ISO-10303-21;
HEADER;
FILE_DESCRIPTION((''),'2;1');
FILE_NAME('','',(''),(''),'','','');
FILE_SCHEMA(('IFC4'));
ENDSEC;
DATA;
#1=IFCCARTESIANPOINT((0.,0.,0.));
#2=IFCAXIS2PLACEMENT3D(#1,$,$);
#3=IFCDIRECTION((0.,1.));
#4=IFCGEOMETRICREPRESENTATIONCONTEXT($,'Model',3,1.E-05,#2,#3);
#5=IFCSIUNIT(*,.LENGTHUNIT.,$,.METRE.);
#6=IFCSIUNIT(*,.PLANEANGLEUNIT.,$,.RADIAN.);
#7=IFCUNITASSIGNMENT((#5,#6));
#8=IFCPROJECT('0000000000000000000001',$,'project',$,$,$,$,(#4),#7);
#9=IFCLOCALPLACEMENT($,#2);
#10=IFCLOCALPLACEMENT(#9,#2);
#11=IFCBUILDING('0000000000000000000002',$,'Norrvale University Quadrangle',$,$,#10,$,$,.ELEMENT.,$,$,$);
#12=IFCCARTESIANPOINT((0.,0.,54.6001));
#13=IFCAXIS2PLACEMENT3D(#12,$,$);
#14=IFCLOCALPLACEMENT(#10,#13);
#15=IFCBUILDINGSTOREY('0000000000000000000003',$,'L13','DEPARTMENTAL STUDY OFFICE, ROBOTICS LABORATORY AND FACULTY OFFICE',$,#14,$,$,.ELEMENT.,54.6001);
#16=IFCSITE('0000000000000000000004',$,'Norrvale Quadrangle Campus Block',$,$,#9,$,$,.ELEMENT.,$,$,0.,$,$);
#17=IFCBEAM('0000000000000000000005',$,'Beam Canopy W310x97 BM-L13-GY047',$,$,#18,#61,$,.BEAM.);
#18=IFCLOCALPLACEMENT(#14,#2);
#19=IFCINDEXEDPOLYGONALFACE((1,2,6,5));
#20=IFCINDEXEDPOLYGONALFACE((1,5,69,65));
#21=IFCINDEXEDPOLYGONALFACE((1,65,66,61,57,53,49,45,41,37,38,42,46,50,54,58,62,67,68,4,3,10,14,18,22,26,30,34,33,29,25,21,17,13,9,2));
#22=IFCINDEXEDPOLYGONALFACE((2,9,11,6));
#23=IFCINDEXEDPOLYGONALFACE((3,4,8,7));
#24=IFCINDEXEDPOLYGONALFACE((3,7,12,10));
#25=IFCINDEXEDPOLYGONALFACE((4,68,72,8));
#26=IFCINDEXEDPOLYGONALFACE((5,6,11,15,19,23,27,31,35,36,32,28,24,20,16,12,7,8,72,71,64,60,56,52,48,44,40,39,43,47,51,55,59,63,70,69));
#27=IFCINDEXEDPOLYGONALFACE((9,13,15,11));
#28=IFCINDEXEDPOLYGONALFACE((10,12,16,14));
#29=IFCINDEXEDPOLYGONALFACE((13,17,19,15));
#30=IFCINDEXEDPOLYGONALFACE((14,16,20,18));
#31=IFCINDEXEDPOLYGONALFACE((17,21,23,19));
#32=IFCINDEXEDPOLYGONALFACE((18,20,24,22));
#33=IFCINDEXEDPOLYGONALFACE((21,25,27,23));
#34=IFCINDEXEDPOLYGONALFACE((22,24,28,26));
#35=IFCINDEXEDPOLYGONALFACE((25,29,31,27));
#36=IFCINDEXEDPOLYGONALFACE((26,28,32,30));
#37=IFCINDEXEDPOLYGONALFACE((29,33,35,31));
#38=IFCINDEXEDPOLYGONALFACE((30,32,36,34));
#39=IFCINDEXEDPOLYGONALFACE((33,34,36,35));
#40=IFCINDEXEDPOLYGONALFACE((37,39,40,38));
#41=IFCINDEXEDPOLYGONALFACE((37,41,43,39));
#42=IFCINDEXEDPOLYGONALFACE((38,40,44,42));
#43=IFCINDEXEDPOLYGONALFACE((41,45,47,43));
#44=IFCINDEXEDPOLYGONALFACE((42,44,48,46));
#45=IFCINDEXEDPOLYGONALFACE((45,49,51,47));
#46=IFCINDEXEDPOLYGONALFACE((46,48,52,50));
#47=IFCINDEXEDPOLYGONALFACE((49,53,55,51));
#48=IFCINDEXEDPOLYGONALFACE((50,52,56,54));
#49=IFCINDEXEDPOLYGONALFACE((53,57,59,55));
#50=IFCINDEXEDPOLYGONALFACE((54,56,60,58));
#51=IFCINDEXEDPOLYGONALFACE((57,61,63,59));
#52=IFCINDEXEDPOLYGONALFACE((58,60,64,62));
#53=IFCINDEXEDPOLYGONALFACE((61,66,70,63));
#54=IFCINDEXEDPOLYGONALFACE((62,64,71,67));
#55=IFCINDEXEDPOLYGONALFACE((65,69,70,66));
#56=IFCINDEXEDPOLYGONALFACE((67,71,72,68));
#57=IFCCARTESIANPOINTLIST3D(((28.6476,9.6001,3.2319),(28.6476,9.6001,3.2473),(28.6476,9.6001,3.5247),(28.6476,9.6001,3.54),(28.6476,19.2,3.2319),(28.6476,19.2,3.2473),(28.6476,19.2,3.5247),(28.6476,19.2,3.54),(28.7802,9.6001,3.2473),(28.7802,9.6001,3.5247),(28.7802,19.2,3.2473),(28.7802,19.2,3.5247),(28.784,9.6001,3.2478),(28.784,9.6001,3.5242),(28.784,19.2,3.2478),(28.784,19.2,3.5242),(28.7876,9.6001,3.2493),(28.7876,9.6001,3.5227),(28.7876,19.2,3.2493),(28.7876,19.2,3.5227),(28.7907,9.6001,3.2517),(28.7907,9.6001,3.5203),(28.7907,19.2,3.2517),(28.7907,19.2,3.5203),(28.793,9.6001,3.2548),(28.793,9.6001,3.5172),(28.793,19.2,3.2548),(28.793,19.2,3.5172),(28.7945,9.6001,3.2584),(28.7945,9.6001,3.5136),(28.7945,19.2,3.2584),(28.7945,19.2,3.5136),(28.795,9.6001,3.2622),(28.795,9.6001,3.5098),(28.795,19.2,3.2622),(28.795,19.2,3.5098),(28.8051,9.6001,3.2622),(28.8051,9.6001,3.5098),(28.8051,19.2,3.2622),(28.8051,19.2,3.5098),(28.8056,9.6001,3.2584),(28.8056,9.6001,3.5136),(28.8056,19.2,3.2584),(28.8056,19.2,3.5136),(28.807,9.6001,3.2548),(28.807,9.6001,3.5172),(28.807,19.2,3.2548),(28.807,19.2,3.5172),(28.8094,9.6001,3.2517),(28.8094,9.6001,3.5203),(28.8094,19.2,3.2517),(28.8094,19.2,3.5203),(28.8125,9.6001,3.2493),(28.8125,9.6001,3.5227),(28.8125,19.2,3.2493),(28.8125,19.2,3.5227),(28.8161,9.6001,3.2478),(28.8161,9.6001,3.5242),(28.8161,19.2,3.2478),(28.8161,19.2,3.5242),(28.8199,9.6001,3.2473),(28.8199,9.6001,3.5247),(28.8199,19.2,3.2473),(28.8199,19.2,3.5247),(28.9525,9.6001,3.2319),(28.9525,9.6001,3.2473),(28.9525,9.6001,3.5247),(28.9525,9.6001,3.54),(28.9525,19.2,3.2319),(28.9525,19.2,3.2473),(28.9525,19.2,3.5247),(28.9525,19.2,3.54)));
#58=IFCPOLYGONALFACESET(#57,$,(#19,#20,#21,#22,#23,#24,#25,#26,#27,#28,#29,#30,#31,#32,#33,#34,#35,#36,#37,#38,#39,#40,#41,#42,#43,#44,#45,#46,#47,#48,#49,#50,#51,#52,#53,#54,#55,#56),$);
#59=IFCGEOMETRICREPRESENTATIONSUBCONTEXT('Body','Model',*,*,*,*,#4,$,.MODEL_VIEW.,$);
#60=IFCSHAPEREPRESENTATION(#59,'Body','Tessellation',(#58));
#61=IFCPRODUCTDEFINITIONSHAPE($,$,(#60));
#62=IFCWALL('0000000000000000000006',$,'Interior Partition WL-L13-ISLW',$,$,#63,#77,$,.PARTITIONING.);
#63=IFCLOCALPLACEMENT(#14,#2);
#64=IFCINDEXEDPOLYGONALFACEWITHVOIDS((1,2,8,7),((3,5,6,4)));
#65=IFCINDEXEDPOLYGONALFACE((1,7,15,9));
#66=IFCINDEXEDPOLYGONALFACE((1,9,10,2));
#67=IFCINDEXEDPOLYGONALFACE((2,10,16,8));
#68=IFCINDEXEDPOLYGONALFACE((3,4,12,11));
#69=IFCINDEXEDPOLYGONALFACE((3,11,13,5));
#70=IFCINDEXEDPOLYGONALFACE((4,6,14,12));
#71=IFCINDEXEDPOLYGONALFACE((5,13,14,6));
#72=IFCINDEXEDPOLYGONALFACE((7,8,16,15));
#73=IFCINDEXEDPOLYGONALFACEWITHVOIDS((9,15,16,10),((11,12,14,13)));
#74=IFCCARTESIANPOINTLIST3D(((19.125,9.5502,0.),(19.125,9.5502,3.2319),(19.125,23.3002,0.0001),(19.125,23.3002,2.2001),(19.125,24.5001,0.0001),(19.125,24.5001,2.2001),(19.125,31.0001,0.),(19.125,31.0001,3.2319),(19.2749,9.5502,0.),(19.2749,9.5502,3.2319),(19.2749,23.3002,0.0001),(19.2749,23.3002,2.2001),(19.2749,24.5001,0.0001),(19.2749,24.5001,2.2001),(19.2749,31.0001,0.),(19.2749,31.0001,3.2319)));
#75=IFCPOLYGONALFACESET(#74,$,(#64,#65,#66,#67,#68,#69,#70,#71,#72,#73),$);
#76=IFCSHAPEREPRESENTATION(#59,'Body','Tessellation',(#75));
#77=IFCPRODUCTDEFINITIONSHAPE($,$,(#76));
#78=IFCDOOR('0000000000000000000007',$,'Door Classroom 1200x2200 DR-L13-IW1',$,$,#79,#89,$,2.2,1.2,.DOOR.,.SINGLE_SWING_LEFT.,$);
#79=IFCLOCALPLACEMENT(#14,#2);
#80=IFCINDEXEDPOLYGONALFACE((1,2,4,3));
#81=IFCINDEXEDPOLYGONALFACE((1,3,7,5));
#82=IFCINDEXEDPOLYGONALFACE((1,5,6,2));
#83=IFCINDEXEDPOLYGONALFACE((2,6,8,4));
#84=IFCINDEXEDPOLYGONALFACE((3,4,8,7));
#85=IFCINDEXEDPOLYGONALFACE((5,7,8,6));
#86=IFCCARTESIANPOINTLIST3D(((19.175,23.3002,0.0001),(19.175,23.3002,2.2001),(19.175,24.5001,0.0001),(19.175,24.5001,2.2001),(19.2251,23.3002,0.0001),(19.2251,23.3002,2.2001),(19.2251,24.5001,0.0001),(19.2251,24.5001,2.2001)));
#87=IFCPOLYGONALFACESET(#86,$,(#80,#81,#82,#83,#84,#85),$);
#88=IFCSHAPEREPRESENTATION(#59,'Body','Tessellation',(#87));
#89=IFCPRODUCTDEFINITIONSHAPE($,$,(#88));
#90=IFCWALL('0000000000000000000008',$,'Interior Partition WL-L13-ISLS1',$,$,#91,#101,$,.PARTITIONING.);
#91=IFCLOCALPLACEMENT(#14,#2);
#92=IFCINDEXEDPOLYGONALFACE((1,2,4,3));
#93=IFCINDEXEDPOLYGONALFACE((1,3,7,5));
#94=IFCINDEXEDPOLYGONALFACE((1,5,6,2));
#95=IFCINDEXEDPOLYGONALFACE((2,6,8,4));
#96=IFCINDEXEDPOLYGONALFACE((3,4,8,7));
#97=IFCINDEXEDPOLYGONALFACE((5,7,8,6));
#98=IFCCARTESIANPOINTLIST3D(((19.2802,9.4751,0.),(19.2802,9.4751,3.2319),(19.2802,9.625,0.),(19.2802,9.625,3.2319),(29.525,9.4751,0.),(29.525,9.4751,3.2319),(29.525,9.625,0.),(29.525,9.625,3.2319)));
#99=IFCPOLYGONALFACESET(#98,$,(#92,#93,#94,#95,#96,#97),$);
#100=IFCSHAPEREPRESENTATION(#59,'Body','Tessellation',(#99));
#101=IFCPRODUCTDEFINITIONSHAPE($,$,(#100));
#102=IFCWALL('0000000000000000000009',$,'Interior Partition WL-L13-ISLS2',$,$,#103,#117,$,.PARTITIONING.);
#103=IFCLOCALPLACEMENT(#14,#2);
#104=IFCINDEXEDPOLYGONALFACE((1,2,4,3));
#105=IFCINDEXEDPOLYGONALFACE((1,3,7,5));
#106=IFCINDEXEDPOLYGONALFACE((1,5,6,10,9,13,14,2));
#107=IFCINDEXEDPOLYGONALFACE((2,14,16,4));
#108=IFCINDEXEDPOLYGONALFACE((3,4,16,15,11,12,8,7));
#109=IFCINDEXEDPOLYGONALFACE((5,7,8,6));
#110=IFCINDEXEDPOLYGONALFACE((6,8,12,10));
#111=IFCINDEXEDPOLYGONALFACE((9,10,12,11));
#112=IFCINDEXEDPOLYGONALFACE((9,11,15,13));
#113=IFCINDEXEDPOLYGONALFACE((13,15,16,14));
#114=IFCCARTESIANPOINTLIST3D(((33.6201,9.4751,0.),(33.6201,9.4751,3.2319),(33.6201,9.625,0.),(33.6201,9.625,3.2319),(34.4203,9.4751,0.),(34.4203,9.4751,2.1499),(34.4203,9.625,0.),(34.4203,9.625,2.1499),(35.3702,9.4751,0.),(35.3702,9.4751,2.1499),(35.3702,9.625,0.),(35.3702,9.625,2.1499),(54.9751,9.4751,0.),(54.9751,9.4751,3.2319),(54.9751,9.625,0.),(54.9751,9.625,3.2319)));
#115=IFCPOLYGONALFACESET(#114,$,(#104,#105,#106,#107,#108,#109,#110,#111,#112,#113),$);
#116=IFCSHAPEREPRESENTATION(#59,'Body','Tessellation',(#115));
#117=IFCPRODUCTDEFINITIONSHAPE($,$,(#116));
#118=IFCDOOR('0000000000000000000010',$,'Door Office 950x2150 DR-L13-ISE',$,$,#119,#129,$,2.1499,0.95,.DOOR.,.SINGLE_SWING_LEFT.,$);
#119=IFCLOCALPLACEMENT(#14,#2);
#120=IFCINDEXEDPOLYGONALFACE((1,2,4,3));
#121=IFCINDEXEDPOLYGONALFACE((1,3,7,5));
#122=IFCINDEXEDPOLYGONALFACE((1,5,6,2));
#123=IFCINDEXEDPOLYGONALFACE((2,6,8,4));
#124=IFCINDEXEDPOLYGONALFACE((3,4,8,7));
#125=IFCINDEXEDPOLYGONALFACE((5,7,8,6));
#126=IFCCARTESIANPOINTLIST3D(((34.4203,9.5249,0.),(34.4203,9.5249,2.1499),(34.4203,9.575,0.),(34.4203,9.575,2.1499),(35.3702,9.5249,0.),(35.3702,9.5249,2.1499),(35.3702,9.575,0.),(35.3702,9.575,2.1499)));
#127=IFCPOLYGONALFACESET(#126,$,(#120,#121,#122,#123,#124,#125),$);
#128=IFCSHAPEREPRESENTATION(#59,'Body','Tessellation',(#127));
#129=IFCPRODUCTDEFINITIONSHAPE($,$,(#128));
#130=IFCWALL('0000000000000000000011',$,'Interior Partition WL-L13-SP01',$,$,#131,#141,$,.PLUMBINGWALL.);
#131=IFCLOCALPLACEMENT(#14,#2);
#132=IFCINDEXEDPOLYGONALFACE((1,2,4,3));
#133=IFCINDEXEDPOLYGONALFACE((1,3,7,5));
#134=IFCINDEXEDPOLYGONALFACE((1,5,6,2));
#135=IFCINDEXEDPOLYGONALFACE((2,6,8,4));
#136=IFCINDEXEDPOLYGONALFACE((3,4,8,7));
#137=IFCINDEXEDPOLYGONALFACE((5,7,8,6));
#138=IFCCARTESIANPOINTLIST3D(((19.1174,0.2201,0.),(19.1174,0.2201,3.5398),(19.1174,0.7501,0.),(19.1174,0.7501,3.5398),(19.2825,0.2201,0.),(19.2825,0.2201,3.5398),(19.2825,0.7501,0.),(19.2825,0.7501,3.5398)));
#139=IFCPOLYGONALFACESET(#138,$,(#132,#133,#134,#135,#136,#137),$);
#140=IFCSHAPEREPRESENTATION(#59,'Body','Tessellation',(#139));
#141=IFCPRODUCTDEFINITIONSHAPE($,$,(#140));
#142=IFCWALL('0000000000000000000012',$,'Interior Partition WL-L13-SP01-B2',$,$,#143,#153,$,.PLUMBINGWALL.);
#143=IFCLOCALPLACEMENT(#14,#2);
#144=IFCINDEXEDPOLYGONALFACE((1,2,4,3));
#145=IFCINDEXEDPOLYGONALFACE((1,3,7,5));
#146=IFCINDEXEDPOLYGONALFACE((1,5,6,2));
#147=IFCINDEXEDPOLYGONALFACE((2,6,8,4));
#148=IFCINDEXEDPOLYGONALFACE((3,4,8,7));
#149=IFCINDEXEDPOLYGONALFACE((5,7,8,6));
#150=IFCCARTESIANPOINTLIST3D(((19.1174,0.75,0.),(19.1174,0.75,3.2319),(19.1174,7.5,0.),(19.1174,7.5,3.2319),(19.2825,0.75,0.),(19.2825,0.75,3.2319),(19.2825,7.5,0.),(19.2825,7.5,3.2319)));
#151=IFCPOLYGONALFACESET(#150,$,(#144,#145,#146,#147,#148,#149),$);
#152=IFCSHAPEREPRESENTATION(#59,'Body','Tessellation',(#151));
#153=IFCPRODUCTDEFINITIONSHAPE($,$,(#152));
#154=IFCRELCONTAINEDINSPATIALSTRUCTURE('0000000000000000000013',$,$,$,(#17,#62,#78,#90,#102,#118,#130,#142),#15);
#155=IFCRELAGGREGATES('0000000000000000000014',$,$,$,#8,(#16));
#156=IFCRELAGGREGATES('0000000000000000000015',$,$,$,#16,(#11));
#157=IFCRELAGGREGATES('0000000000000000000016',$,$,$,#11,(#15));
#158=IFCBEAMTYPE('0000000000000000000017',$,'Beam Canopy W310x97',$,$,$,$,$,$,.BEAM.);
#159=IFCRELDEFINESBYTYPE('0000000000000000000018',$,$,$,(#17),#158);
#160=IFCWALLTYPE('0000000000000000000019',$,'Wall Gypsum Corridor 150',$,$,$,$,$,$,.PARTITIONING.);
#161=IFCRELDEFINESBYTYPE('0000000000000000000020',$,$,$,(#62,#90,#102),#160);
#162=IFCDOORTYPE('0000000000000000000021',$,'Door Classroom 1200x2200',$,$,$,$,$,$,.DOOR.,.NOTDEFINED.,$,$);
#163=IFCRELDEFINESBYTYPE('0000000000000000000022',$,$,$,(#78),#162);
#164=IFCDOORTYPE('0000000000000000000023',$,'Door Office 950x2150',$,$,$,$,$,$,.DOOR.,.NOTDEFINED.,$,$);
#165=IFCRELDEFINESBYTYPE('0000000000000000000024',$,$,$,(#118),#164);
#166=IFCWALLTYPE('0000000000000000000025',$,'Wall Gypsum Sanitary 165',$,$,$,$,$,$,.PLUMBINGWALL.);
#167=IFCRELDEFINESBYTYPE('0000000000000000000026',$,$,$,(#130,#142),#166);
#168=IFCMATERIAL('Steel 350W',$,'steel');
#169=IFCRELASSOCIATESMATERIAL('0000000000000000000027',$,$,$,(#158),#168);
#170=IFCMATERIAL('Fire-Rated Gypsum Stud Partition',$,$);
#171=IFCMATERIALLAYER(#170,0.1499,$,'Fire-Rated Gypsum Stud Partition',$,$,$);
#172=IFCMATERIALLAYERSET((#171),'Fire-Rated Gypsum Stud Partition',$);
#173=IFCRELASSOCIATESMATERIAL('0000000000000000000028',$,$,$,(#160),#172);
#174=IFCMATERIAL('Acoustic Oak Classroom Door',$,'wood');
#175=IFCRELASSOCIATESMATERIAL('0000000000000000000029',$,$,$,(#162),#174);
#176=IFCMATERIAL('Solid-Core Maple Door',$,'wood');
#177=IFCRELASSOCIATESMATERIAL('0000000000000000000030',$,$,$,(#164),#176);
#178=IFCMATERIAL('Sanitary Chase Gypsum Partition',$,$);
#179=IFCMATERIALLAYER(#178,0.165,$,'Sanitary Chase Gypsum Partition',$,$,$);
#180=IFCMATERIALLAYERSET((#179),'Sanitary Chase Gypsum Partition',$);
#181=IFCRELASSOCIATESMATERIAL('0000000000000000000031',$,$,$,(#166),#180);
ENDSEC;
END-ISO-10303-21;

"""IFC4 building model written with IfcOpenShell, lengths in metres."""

from ifc_helpers import new_model, si_unit, direction, frame, frame_2d, origin, origin_2d, place, context, subcontext, project, spatial, rectangle, i_section, extrude, material, layer, layer_set, material_profile, profile_set, type_object, element, fill, save


model = new_model("IFC4")

# Units and contexts
model_context = context("Model", 3, precision=1e-05, world=origin(), true_north=direction((0.0, 1.0)))
body_context = subcontext(model_context, "Body", "Model", "MODEL_VIEW")
ifc_project = project(units=[si_unit("LENGTHUNIT", "METRE"), si_unit("PLANEANGLEUNIT", "RADIAN")], contexts=[model_context])

# Site, building, storey
site_placement = place(None, origin())
site = spatial("IfcSite", under=ifc_project, at=site_placement, Name="Norrvale Quadrangle Campus Block", CompositionType="ELEMENT", RefElevation=0.0)
building_placement = place(site_placement, origin())
building = spatial("IfcBuilding", under=site, at=building_placement, Name="Norrvale University Quadrangle", CompositionType="ELEMENT")
storey_placement = place(building_placement, frame((0.0, 0.0, 54.6001)))
storey = spatial("IfcBuildingStorey", under=building, at=storey_placement, Name="L13", Description="DEPARTMENTAL STUDY OFFICE, ROBOTICS LABORATORY AND FACULTY OFFICE", CompositionType="ELEMENT", Elevation=54.6001)

# Beam
ifc_material_1 = material(Name="Steel 350W", Category="steel")
ifc_material_profile_1 = material_profile(ifc_material_1, i_section(OverallWidth=0.3049, OverallDepth=0.3081, WebThickness=0.01, FlangeThickness=0.0154, FilletRadius=0.0149, at=origin_2d()), Name="Steel 350W")
ifc_profile_set_1 = profile_set([ifc_material_profile_1], Name="Steel 350W")
beam_type_1 = type_object("IfcBeamType", Name="Beam Canopy W310x97", PredefinedType="BEAM", material=ifc_profile_set_1)
beam_1_placement = place(storey_placement, frame((28.8, 9.6001, 3.386), z_axis=(0.0, 1.0, 0.0), x_axis=(-1.0, 0.0, 0.0)))
element("IfcBeam", 1, at=beam_1_placement, inside=storey, type_object=beam_type_1, Name="Beam Canopy W310x97 BM-L13-GY047", PredefinedType="BEAM", context=body_context, shape_type="SweptSolid", body=[
    extrude(i_section(OverallWidth=0.3049, OverallDepth=0.3081, WebThickness=0.01, FlangeThickness=0.0154, FilletRadius=0.0149, at=origin_2d()), origin(), (0.0, 0.0, 1.0), 9.5999),
])

# Wall, opening, door
ifc_material_2 = material(Name="Fire-Rated Gypsum Stud Partition")
ifc_layer_1 = layer(ifc_material_2, 0.1499, Name="Fire-Rated Gypsum Stud Partition")
ifc_layer_set_1 = layer_set([ifc_layer_1], Name="Fire-Rated Gypsum Stud Partition")
wall_type_1 = type_object("IfcWallType", Name="Wall Gypsum Corridor 150", PredefinedType="PARTITIONING", material=ifc_layer_set_1)
wall_1_placement = place(storey_placement, frame((19.2, 9.55, 0.0), z_axis=(0.0, 0.0, 1.0), x_axis=(0.0, 1.0, 0.0)))
wall_1 = element("IfcWall", 2, at=wall_1_placement, inside=storey, type_object=wall_type_1, Name="Interior Partition WL-L13-ISLW", PredefinedType="PARTITIONING", context=body_context, shape_type="SweptSolid", body=[
    extrude(rectangle(XDim=21.45, YDim=0.1499, at=frame_2d((10.7251, 0.0))), origin(), (0.0, 0.0, 1.0), 3.2319),
])
opening_1_placement = place(wall_1_placement, frame((13.75, 0.0, 0.0)))
opening_1 = element("IfcOpeningElement", 3, at=opening_1_placement, cuts=wall_1, PredefinedType="OPENING", context=body_context, shape_type="SweptSolid", body=[
    extrude(rectangle(XDim=1.2, YDim=2.2, at=frame_2d((0.6001, 1.1001))), frame((0.0, 0.0869, 0.0), z_axis=(0.0, -1.0, 0.0), x_axis=(1.0, 0.0, 0.0)), (0.0, 0.0, 1.0), 0.1738),
])
ifc_material_3 = material(Name="Acoustic Oak Classroom Door", Category="wood")
door_type_1 = type_object("IfcDoorType", Name="Door Classroom 1200x2200", OperationType="NOTDEFINED", PredefinedType="DOOR", material=ifc_material_3)
door_1_placement = place(opening_1_placement, origin())
door_1 = element("IfcDoor", 4, at=door_1_placement, inside=storey, type_object=door_type_1, Name="Door Classroom 1200x2200 DR-L13-IW1", OperationType="SINGLE_SWING_LEFT", OverallHeight=2.2, OverallWidth=1.2, PredefinedType="DOOR", context=body_context, shape_type="SweptSolid", body=[
    extrude(rectangle(XDim=1.2, YDim=2.2, at=frame_2d((0.6001, 1.1001))), frame((0.0, 0.0249, 0.0), z_axis=(0.0, -1.0, 0.0), x_axis=(1.0, 0.0, 0.0)), (0.0, 0.0, 1.0), 0.05),
])
fill(opening_1, door_1)

# Wall
wall_2_placement = place(storey_placement, frame((19.28, 9.55, 0.0), z_axis=(0.0, 0.0, 1.0), x_axis=(1.0, 0.0, 0.0)))
element("IfcWall", 5, at=wall_2_placement, inside=storey, type_object=wall_type_1, Name="Interior Partition WL-L13-ISLS1", PredefinedType="PARTITIONING", context=body_context, shape_type="SweptSolid", body=[
    extrude(rectangle(XDim=10.2449, YDim=0.1499, at=frame_2d((5.1226, 0.0))), origin(), (0.0, 0.0, 1.0), 3.2319),
])

# Wall, opening, door
wall_3_placement = place(storey_placement, frame((33.6201, 9.55, 0.0), z_axis=(0.0, 0.0, 1.0), x_axis=(1.0, 0.0, 0.0)))
wall_3 = element("IfcWall", 6, at=wall_3_placement, inside=storey, type_object=wall_type_1, Name="Interior Partition WL-L13-ISLS2", PredefinedType="PARTITIONING", context=body_context, shape_type="SweptSolid", body=[
    extrude(rectangle(XDim=21.355, YDim=0.1499, at=frame_2d((10.6775, 0.0))), origin(), (0.0, 0.0, 1.0), 3.2319),
])
opening_2_placement = place(wall_3_placement, frame((0.8, 0.0, 0.0)))
opening_2 = element("IfcOpeningElement", 7, at=opening_2_placement, cuts=wall_3, PredefinedType="OPENING", context=body_context, shape_type="SweptSolid", body=[
    extrude(rectangle(XDim=0.95, YDim=2.1499, at=frame_2d((0.4751, 1.075))), frame((0.0, 0.0869, 0.0), z_axis=(0.0, -1.0, 0.0), x_axis=(1.0, 0.0, 0.0)), (0.0, 0.0, 1.0), 0.1738),
])
ifc_material_4 = material(Name="Solid-Core Maple Door", Category="wood")
door_type_2 = type_object("IfcDoorType", Name="Door Office 950x2150", OperationType="NOTDEFINED", PredefinedType="DOOR", material=ifc_material_4)
door_2_placement = place(opening_2_placement, origin())
door_2 = element("IfcDoor", 8, at=door_2_placement, inside=storey, type_object=door_type_2, Name="Door Office 950x2150 DR-L13-ISE", OperationType="SINGLE_SWING_LEFT", OverallHeight=2.1499, OverallWidth=0.95, PredefinedType="DOOR", context=body_context, shape_type="SweptSolid", body=[
    extrude(rectangle(XDim=0.95, YDim=2.1499, at=frame_2d((0.4751, 1.075))), frame((0.0, 0.0249, 0.0), z_axis=(0.0, -1.0, 0.0), x_axis=(1.0, 0.0, 0.0)), (0.0, 0.0, 1.0), 0.05),
])
fill(opening_2, door_2)

# Walls
ifc_material_5 = material(Name="Sanitary Chase Gypsum Partition")
ifc_layer_2 = layer(ifc_material_5, 0.165, Name="Sanitary Chase Gypsum Partition")
ifc_layer_set_2 = layer_set([ifc_layer_2], Name="Sanitary Chase Gypsum Partition")
wall_type_2 = type_object("IfcWallType", Name="Wall Gypsum Sanitary 165", PredefinedType="PLUMBINGWALL", material=ifc_layer_set_2)
wall_4_placement = place(storey_placement, frame((19.2, 0.22, 0.0), z_axis=(0.0, 0.0, 1.0), x_axis=(0.0, 1.0, 0.0)))
element("IfcWall", 9, at=wall_4_placement, inside=storey, type_object=wall_type_2, Name="Interior Partition WL-L13-SP01", PredefinedType="PLUMBINGWALL", context=body_context, shape_type="SweptSolid", body=[
    extrude(rectangle(XDim=0.53, YDim=0.165, at=frame_2d((0.2651, 0.0))), origin(), (0.0, 0.0, 1.0), 3.5398),
])
wall_5_placement = place(storey_placement, frame((19.2, 0.75, 0.0), z_axis=(0.0, 0.0, 1.0), x_axis=(0.0, 1.0, 0.0)))
element("IfcWall", 10, at=wall_5_placement, inside=storey, type_object=wall_type_2, Name="Interior Partition WL-L13-SP01-B2", PredefinedType="PLUMBINGWALL", context=body_context, shape_type="SweptSolid", body=[
    extrude(rectangle(XDim=6.75, YDim=0.165, at=frame_2d((3.375, 0.0))), origin(), (0.0, 0.0, 1.0), 3.2319),
])

save(model, "model.ifc")
